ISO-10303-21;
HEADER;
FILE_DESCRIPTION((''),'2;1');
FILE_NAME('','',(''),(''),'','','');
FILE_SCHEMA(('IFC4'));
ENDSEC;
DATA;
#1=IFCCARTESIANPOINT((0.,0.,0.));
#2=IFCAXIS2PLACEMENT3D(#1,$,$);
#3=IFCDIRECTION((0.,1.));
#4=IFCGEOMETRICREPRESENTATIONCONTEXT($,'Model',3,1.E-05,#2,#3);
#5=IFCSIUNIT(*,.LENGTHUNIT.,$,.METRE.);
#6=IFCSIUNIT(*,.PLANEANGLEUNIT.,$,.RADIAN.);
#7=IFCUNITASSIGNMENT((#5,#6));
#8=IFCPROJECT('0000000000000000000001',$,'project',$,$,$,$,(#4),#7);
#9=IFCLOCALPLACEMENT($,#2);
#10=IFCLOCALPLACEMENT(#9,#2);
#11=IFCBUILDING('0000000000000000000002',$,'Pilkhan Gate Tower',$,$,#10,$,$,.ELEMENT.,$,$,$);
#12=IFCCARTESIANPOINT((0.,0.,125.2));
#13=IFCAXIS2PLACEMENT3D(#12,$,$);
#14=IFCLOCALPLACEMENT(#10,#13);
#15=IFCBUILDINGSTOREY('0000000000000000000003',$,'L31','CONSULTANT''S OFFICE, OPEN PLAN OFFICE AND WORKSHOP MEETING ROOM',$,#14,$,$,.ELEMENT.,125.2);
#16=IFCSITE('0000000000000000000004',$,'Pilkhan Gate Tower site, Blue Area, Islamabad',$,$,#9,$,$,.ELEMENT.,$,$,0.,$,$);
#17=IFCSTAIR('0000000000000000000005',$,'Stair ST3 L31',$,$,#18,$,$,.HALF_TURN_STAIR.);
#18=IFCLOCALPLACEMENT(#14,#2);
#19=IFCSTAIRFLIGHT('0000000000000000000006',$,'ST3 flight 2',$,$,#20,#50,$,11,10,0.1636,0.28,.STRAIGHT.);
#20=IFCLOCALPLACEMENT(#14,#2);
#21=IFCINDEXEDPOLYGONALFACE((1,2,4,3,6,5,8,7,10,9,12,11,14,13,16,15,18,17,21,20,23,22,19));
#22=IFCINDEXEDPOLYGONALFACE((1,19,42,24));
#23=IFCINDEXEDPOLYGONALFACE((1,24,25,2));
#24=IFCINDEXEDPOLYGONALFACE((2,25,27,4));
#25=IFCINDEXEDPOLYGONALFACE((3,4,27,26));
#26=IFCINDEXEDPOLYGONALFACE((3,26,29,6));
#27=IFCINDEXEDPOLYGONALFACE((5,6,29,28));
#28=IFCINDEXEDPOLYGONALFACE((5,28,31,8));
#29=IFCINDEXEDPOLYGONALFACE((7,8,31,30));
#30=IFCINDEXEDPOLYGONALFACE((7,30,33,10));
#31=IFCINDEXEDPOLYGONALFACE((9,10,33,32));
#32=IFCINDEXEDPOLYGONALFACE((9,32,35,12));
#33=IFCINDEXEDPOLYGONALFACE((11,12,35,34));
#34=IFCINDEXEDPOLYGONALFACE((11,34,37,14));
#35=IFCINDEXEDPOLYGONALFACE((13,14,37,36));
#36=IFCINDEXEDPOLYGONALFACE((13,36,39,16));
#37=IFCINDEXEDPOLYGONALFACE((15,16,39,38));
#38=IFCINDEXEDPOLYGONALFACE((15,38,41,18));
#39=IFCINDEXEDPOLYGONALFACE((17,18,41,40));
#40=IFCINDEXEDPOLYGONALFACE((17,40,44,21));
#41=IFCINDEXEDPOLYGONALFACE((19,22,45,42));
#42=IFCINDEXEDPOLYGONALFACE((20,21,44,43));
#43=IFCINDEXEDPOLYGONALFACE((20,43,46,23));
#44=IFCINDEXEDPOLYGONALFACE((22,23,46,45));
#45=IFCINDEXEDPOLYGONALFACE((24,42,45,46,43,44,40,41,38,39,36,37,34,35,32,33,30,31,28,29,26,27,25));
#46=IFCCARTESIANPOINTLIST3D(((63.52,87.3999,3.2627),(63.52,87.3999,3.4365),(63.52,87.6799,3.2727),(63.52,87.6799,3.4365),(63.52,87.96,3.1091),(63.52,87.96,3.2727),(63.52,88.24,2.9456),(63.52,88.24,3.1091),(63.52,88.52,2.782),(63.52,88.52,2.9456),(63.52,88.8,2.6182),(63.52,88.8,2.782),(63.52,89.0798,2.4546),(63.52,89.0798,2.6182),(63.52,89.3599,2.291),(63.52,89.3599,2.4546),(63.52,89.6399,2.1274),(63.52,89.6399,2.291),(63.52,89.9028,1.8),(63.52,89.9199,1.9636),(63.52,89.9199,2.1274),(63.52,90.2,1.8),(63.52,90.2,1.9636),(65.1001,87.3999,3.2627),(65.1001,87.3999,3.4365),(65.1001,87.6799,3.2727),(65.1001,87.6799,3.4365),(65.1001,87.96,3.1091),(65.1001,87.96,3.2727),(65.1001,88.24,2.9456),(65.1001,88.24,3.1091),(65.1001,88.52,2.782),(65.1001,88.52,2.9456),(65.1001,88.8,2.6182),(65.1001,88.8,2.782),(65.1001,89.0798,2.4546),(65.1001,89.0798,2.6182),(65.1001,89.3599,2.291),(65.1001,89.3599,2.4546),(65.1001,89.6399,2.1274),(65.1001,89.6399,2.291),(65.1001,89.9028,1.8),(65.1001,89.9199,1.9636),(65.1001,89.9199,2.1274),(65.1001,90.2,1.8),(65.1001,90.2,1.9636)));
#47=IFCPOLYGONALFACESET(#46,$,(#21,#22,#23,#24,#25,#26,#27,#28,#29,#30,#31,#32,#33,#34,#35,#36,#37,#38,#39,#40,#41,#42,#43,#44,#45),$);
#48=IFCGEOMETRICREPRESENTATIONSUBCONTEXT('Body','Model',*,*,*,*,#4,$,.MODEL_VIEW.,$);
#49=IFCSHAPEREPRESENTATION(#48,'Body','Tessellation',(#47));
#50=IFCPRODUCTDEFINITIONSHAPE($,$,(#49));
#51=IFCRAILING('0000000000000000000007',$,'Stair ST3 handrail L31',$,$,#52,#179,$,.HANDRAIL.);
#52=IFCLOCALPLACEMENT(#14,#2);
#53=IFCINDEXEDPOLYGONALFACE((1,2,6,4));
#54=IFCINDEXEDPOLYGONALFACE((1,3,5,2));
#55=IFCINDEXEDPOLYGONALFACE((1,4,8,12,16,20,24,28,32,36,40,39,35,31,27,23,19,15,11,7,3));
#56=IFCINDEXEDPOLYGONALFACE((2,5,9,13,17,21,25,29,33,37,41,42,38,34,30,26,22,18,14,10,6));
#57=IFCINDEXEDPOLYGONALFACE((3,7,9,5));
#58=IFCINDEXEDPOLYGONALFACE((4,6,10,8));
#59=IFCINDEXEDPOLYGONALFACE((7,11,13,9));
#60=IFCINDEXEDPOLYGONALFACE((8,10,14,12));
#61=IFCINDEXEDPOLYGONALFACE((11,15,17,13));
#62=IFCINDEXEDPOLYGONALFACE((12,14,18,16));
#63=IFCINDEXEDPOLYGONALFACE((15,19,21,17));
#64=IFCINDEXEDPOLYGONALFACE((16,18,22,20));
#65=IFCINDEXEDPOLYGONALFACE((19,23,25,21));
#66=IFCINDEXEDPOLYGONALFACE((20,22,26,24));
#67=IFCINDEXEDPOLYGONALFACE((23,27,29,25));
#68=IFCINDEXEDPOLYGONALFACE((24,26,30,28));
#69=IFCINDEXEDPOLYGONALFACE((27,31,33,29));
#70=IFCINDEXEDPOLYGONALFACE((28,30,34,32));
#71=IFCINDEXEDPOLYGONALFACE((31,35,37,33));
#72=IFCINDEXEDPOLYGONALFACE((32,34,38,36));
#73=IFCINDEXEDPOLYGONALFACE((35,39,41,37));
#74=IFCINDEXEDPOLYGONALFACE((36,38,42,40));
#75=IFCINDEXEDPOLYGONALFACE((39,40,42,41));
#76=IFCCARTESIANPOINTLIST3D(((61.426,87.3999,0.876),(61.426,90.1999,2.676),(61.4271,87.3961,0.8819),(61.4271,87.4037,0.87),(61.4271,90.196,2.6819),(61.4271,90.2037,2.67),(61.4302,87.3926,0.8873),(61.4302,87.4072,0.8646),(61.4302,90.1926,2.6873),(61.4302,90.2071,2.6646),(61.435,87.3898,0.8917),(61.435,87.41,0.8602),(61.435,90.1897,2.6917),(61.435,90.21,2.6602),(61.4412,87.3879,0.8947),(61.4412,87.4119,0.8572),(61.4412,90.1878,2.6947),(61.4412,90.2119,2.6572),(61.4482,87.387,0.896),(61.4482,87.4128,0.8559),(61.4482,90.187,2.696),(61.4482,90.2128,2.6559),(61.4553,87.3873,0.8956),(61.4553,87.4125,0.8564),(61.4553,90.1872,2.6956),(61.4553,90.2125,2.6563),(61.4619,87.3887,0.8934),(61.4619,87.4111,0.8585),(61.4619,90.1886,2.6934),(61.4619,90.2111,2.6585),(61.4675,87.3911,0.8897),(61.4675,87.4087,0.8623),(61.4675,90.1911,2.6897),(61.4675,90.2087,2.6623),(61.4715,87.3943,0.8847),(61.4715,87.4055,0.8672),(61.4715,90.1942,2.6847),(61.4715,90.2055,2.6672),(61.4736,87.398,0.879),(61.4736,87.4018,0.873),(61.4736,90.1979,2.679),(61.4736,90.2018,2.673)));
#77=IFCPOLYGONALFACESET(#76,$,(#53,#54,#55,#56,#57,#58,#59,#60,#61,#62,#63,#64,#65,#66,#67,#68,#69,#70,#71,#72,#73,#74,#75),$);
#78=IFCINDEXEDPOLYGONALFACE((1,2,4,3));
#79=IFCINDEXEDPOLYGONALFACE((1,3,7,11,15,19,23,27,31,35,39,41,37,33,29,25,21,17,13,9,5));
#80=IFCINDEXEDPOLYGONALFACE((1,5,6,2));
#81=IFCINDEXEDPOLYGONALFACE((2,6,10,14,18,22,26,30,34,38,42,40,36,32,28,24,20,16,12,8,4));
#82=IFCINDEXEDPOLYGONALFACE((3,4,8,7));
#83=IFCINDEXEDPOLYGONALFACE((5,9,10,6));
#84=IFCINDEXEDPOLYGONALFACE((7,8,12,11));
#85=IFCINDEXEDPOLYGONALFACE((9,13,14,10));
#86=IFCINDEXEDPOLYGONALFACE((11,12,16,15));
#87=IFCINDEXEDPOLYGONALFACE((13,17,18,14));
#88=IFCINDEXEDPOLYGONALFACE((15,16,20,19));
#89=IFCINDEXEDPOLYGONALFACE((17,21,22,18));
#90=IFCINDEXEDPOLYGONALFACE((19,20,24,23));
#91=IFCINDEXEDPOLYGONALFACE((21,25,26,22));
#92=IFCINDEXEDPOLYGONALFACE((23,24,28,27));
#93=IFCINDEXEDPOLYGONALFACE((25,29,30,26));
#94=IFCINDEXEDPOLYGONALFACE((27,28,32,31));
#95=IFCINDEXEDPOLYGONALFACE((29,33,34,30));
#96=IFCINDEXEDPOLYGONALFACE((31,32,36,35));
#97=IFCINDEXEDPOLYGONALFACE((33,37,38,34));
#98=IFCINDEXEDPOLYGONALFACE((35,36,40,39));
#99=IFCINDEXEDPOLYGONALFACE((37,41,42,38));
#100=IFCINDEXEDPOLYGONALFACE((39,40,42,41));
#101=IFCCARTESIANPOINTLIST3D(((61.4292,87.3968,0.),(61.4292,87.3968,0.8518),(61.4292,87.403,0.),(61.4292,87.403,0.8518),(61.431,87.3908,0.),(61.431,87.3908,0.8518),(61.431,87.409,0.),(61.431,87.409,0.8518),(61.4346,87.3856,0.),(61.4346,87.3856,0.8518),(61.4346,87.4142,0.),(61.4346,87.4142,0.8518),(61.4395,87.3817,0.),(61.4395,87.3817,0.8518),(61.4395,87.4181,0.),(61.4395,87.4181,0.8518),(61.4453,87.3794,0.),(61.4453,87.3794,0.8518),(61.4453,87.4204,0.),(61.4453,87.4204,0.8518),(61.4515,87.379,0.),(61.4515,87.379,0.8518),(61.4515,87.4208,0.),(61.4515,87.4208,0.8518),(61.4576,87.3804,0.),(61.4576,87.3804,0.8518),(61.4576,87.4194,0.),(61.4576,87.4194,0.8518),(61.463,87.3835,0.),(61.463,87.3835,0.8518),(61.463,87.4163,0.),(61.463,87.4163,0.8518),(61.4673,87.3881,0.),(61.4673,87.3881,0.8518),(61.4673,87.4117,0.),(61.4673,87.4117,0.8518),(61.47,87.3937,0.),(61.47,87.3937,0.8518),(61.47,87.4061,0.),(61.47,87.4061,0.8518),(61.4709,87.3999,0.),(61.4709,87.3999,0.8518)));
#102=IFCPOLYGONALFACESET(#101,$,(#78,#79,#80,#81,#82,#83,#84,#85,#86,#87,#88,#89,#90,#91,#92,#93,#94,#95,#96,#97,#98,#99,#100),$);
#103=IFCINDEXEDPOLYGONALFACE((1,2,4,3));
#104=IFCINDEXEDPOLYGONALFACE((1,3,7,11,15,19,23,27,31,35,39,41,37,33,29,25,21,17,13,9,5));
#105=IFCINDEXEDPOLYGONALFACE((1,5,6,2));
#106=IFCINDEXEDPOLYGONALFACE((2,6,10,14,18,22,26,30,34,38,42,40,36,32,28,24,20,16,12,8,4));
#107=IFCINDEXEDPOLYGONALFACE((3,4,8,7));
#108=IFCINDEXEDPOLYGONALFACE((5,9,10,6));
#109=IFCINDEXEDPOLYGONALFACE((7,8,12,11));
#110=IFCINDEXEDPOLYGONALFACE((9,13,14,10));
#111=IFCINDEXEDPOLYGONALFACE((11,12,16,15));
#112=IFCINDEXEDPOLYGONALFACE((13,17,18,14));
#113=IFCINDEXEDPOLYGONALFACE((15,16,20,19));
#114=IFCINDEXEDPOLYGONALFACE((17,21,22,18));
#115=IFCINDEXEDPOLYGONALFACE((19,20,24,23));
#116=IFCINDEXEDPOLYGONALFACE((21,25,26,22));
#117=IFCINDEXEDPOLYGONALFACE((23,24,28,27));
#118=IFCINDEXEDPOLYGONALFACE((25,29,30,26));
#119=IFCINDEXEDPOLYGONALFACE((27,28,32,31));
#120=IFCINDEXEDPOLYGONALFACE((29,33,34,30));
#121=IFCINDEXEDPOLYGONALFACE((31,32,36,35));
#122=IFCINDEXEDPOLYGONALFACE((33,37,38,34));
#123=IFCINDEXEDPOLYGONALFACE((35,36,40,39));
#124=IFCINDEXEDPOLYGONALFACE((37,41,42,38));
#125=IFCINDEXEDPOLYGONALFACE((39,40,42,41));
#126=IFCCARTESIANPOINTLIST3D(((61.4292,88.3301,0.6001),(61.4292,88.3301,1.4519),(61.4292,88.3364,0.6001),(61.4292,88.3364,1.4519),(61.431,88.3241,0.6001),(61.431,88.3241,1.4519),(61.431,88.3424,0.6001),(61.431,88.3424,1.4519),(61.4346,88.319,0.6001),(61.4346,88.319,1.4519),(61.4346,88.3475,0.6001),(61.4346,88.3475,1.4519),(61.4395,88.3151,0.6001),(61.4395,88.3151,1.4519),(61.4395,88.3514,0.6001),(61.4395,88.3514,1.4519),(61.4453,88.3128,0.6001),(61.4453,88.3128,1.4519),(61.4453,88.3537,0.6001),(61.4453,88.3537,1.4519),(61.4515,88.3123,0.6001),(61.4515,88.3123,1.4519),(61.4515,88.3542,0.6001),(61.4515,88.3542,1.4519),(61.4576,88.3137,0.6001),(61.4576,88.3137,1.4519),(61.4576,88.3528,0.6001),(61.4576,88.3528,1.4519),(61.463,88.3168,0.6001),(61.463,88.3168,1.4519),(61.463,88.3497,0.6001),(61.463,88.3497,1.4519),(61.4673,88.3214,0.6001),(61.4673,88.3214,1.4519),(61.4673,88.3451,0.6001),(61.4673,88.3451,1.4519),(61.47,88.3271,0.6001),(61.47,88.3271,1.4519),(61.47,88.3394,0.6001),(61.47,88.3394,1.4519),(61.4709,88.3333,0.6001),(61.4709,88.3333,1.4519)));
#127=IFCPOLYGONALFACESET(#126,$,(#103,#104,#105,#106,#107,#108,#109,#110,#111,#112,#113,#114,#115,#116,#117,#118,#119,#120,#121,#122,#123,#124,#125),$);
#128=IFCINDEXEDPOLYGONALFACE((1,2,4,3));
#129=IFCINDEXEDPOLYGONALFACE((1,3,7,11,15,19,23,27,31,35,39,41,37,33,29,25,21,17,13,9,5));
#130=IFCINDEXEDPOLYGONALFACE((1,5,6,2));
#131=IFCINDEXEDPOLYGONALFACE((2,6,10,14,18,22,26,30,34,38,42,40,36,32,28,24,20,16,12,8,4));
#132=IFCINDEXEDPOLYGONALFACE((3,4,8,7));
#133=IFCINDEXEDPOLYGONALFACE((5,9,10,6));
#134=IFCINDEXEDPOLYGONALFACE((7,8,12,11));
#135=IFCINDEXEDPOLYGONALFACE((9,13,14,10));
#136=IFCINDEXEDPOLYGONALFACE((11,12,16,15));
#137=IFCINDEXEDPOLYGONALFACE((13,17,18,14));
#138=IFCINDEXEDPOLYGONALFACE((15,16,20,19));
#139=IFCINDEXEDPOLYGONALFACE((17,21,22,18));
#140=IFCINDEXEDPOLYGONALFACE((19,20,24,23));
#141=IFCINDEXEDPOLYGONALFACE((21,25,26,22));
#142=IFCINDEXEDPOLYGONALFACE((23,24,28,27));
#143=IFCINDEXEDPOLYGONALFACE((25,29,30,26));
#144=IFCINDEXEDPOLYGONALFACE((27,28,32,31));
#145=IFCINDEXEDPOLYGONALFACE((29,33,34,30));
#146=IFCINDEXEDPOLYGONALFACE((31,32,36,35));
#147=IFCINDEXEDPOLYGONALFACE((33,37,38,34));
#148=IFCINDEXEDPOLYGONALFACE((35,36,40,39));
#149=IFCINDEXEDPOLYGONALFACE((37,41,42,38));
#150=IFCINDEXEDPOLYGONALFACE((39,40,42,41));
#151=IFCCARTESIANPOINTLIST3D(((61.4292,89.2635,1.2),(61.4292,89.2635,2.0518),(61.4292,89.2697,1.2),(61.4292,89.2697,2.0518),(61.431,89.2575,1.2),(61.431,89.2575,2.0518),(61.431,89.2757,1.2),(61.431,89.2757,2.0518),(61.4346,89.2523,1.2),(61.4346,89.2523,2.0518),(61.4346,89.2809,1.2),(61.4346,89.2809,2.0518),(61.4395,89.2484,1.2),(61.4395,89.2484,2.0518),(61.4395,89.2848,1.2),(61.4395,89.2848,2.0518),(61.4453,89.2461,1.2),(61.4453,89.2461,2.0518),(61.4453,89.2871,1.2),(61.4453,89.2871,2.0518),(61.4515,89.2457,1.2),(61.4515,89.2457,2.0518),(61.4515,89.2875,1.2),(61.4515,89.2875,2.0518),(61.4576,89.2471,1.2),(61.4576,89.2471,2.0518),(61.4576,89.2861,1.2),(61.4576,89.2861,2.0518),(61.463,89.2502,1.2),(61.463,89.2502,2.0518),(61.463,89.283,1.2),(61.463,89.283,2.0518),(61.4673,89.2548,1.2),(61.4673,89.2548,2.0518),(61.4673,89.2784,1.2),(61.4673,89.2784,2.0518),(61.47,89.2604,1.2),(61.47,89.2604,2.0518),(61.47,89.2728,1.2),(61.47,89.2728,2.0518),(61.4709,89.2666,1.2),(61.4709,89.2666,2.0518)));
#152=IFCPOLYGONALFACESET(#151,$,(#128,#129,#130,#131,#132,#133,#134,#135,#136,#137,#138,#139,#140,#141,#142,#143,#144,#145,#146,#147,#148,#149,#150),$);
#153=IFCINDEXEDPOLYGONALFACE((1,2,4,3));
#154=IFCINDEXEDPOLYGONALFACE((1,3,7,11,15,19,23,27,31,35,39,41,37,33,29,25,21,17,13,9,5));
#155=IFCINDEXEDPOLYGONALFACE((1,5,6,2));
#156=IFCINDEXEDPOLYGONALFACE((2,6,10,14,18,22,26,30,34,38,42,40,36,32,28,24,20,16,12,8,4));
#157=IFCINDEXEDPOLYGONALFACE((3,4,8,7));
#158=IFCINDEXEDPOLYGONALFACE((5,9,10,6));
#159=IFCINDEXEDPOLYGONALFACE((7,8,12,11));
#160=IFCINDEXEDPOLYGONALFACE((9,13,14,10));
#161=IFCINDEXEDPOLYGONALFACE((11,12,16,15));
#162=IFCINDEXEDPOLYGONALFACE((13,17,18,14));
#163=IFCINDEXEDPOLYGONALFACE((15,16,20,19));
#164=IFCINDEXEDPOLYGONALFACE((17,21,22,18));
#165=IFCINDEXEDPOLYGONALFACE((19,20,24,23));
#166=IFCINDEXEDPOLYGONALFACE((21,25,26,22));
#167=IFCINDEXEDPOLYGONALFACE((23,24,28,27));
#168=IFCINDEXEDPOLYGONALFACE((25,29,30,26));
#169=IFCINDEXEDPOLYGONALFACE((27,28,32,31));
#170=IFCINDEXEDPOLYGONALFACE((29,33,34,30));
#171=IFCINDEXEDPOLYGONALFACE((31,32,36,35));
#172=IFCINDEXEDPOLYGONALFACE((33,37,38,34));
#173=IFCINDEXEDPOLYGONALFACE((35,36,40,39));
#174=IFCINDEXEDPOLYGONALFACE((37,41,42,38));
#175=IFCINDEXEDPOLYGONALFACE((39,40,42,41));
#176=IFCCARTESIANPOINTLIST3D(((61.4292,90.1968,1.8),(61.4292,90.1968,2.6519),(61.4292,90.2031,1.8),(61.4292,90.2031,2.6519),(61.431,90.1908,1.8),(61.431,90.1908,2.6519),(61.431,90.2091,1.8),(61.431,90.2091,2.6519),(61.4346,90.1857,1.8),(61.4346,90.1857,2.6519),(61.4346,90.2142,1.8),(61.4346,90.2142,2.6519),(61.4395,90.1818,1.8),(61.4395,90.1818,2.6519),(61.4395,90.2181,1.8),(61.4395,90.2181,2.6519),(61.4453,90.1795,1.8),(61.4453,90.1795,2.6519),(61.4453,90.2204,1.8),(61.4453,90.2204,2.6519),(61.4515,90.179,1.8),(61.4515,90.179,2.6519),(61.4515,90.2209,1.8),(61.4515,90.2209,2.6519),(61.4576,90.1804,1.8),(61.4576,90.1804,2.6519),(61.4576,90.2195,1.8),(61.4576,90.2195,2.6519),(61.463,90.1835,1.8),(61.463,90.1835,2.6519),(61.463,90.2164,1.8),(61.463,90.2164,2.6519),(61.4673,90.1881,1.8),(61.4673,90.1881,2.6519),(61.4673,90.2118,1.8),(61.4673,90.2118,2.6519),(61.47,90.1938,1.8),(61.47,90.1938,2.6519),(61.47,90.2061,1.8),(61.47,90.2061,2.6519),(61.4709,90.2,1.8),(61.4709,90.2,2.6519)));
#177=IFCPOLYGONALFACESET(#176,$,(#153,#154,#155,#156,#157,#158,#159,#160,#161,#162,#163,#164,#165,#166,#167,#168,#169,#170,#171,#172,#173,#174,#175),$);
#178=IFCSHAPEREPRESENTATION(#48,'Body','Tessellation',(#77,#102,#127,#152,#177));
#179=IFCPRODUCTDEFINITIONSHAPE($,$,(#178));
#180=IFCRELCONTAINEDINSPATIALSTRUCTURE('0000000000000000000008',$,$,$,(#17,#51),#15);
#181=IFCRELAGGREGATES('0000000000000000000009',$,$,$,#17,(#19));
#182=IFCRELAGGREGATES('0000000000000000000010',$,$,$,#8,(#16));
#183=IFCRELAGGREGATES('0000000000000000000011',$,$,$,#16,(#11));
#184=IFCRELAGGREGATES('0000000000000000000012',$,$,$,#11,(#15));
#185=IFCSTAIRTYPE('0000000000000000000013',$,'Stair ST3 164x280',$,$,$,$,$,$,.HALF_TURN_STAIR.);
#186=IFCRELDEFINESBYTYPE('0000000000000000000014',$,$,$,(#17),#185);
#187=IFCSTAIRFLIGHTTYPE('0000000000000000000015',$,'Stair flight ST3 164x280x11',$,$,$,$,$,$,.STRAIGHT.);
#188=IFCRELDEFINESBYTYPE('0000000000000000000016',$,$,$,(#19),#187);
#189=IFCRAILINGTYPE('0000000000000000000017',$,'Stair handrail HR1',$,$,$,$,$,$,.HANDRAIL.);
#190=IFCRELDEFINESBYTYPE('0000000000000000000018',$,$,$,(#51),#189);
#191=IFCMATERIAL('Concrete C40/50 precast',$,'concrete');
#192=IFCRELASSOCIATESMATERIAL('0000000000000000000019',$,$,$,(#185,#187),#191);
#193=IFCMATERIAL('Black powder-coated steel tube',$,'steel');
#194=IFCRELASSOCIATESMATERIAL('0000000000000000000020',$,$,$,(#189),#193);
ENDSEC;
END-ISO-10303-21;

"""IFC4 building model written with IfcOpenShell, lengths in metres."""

from ifc_helpers import new_model, si_unit, direction, frame, origin, origin_2d, place, context, subcontext, project, spatial, polyline, circle, outline, extrude, material, type_object, element, aggregate, save


model = new_model("IFC4")

# Units and contexts
model_context = context("Model", 3, precision=1e-05, world=origin(), true_north=direction((0.0, 1.0)))
body_context = subcontext(model_context, "Body", "Model", "MODEL_VIEW")
ifc_project = project(units=[si_unit("LENGTHUNIT", "METRE"), si_unit("PLANEANGLEUNIT", "RADIAN")], contexts=[model_context])

# Site, building, storey
site_placement = place(None, origin())
site = spatial("IfcSite", under=ifc_project, at=site_placement, Name="Pilkhan Gate Tower site, Blue Area, Islamabad", CompositionType="ELEMENT", RefElevation=0.0)
building_placement = place(site_placement, origin())
building = spatial("IfcBuilding", under=site, at=building_placement, Name="Pilkhan Gate Tower", CompositionType="ELEMENT")
storey_placement = place(building_placement, frame((0.0, 0.0, 125.2)))
storey = spatial("IfcBuildingStorey", under=building, at=storey_placement, Name="L31", Description="CONSULTANT'S OFFICE, OPEN PLAN OFFICE AND WORKSHOP MEETING ROOM", CompositionType="ELEMENT", Elevation=125.2)

# Stair, stair flight
ifc_material_1 = material(Name="Concrete C40/50 precast", Category="concrete")
stair_type = type_object("IfcStairType", Name="Stair ST3 164x280", PredefinedType="HALF_TURN_STAIR", material=ifc_material_1)
stair_placement = place(storey_placement, origin())
stair = element("IfcStair", 1, at=stair_placement, inside=storey, type_object=stair_type, Name="Stair ST3 L31", PredefinedType="HALF_TURN_STAIR")
stair_flight_type = type_object("IfcStairFlightType", Name="Stair flight ST3 164x280x11", PredefinedType="STRAIGHT", material=ifc_material_1)
stair_flight_1_placement = place(storey_placement, frame((64.3101, 90.2, 1.8), z_axis=(0.0, 0.0, 1.0), x_axis=(0.0, -1.0, 0.0)))
stair_flight_1 = element("IfcStairFlight", 2, at=stair_flight_1_placement, type_object=stair_flight_type, Name="ST3 flight 2", NumberOfRisers=11, NumberOfTreads=10, PredefinedType="STRAIGHT", RiserHeight=0.1636, TreadLength=0.28, context=body_context, shape_type="SweptSolid", body=[
    extrude(outline(polyline([(0.0, 0.0), (0.0, 0.1636), (0.28, 0.1636), (0.28, 0.3274), (0.5601, 0.3274), (0.5601, 0.491), (0.8401, 0.491), (0.8401, 0.6545), (1.1201, 0.6545), (1.1201, 0.8181), (1.3999, 0.8181), (1.3999, 0.9819), (1.6799, 0.9819), (1.6799, 1.1455), (1.96, 1.1455), (1.96, 1.3091), (2.24, 1.3091), (2.24, 1.4727), (2.52, 1.4727), (2.52, 1.6365), (2.8, 1.6365), (2.8, 1.8), (2.8, 1.4626), (0.2971, 0.0), (0.0, 0.0)])), frame((0.0, 0.79, 0.0), z_axis=(0.0, -1.0, 0.0), x_axis=(1.0, 0.0, 0.0)), (0.0, 0.0, 1.0), 1.5801),
])
aggregate(stair, [stair_flight_1])

# Railing
ifc_material_2 = material(Name="Black powder-coated steel tube", Category="steel")
railing_type_1 = type_object("IfcRailingType", Name="Stair handrail HR1", PredefinedType="HANDRAIL", material=ifc_material_2)
railing_1_placement = place(storey_placement, frame((61.45, 87.3999, 0.0)))
element("IfcRailing", 3, at=railing_1_placement, inside=storey, type_object=railing_type_1, Name="Stair ST3 handrail L31", PredefinedType="HANDRAIL", context=body_context, shape_type="SweptSolid", body=[
    extrude(circle(Radius=0.0239, at=origin_2d()), frame((0.0, 0.0, 0.876), z_axis=(0.0, 0.841176, 0.540761), x_axis=(-1.0, 0.0, 0.0)), (0.0, 0.0, 1.0), 3.3286),
    extrude(circle(Radius=0.021, at=origin_2d()), origin(), (0.0, 0.0, 1.0), 0.8518),
    extrude(circle(Radius=0.021, at=origin_2d()), frame((0.0, 0.9333, 0.6001)), (0.0, 0.0, 1.0), 0.8518),
    extrude(circle(Radius=0.021, at=origin_2d()), frame((0.0, 1.8667, 1.2)), (0.0, 0.0, 1.0), 0.8518),
    extrude(circle(Radius=0.021, at=origin_2d()), frame((0.0, 2.8, 1.8)), (0.0, 0.0, 1.0), 0.8518),
])

save(model, "model.ifc")
